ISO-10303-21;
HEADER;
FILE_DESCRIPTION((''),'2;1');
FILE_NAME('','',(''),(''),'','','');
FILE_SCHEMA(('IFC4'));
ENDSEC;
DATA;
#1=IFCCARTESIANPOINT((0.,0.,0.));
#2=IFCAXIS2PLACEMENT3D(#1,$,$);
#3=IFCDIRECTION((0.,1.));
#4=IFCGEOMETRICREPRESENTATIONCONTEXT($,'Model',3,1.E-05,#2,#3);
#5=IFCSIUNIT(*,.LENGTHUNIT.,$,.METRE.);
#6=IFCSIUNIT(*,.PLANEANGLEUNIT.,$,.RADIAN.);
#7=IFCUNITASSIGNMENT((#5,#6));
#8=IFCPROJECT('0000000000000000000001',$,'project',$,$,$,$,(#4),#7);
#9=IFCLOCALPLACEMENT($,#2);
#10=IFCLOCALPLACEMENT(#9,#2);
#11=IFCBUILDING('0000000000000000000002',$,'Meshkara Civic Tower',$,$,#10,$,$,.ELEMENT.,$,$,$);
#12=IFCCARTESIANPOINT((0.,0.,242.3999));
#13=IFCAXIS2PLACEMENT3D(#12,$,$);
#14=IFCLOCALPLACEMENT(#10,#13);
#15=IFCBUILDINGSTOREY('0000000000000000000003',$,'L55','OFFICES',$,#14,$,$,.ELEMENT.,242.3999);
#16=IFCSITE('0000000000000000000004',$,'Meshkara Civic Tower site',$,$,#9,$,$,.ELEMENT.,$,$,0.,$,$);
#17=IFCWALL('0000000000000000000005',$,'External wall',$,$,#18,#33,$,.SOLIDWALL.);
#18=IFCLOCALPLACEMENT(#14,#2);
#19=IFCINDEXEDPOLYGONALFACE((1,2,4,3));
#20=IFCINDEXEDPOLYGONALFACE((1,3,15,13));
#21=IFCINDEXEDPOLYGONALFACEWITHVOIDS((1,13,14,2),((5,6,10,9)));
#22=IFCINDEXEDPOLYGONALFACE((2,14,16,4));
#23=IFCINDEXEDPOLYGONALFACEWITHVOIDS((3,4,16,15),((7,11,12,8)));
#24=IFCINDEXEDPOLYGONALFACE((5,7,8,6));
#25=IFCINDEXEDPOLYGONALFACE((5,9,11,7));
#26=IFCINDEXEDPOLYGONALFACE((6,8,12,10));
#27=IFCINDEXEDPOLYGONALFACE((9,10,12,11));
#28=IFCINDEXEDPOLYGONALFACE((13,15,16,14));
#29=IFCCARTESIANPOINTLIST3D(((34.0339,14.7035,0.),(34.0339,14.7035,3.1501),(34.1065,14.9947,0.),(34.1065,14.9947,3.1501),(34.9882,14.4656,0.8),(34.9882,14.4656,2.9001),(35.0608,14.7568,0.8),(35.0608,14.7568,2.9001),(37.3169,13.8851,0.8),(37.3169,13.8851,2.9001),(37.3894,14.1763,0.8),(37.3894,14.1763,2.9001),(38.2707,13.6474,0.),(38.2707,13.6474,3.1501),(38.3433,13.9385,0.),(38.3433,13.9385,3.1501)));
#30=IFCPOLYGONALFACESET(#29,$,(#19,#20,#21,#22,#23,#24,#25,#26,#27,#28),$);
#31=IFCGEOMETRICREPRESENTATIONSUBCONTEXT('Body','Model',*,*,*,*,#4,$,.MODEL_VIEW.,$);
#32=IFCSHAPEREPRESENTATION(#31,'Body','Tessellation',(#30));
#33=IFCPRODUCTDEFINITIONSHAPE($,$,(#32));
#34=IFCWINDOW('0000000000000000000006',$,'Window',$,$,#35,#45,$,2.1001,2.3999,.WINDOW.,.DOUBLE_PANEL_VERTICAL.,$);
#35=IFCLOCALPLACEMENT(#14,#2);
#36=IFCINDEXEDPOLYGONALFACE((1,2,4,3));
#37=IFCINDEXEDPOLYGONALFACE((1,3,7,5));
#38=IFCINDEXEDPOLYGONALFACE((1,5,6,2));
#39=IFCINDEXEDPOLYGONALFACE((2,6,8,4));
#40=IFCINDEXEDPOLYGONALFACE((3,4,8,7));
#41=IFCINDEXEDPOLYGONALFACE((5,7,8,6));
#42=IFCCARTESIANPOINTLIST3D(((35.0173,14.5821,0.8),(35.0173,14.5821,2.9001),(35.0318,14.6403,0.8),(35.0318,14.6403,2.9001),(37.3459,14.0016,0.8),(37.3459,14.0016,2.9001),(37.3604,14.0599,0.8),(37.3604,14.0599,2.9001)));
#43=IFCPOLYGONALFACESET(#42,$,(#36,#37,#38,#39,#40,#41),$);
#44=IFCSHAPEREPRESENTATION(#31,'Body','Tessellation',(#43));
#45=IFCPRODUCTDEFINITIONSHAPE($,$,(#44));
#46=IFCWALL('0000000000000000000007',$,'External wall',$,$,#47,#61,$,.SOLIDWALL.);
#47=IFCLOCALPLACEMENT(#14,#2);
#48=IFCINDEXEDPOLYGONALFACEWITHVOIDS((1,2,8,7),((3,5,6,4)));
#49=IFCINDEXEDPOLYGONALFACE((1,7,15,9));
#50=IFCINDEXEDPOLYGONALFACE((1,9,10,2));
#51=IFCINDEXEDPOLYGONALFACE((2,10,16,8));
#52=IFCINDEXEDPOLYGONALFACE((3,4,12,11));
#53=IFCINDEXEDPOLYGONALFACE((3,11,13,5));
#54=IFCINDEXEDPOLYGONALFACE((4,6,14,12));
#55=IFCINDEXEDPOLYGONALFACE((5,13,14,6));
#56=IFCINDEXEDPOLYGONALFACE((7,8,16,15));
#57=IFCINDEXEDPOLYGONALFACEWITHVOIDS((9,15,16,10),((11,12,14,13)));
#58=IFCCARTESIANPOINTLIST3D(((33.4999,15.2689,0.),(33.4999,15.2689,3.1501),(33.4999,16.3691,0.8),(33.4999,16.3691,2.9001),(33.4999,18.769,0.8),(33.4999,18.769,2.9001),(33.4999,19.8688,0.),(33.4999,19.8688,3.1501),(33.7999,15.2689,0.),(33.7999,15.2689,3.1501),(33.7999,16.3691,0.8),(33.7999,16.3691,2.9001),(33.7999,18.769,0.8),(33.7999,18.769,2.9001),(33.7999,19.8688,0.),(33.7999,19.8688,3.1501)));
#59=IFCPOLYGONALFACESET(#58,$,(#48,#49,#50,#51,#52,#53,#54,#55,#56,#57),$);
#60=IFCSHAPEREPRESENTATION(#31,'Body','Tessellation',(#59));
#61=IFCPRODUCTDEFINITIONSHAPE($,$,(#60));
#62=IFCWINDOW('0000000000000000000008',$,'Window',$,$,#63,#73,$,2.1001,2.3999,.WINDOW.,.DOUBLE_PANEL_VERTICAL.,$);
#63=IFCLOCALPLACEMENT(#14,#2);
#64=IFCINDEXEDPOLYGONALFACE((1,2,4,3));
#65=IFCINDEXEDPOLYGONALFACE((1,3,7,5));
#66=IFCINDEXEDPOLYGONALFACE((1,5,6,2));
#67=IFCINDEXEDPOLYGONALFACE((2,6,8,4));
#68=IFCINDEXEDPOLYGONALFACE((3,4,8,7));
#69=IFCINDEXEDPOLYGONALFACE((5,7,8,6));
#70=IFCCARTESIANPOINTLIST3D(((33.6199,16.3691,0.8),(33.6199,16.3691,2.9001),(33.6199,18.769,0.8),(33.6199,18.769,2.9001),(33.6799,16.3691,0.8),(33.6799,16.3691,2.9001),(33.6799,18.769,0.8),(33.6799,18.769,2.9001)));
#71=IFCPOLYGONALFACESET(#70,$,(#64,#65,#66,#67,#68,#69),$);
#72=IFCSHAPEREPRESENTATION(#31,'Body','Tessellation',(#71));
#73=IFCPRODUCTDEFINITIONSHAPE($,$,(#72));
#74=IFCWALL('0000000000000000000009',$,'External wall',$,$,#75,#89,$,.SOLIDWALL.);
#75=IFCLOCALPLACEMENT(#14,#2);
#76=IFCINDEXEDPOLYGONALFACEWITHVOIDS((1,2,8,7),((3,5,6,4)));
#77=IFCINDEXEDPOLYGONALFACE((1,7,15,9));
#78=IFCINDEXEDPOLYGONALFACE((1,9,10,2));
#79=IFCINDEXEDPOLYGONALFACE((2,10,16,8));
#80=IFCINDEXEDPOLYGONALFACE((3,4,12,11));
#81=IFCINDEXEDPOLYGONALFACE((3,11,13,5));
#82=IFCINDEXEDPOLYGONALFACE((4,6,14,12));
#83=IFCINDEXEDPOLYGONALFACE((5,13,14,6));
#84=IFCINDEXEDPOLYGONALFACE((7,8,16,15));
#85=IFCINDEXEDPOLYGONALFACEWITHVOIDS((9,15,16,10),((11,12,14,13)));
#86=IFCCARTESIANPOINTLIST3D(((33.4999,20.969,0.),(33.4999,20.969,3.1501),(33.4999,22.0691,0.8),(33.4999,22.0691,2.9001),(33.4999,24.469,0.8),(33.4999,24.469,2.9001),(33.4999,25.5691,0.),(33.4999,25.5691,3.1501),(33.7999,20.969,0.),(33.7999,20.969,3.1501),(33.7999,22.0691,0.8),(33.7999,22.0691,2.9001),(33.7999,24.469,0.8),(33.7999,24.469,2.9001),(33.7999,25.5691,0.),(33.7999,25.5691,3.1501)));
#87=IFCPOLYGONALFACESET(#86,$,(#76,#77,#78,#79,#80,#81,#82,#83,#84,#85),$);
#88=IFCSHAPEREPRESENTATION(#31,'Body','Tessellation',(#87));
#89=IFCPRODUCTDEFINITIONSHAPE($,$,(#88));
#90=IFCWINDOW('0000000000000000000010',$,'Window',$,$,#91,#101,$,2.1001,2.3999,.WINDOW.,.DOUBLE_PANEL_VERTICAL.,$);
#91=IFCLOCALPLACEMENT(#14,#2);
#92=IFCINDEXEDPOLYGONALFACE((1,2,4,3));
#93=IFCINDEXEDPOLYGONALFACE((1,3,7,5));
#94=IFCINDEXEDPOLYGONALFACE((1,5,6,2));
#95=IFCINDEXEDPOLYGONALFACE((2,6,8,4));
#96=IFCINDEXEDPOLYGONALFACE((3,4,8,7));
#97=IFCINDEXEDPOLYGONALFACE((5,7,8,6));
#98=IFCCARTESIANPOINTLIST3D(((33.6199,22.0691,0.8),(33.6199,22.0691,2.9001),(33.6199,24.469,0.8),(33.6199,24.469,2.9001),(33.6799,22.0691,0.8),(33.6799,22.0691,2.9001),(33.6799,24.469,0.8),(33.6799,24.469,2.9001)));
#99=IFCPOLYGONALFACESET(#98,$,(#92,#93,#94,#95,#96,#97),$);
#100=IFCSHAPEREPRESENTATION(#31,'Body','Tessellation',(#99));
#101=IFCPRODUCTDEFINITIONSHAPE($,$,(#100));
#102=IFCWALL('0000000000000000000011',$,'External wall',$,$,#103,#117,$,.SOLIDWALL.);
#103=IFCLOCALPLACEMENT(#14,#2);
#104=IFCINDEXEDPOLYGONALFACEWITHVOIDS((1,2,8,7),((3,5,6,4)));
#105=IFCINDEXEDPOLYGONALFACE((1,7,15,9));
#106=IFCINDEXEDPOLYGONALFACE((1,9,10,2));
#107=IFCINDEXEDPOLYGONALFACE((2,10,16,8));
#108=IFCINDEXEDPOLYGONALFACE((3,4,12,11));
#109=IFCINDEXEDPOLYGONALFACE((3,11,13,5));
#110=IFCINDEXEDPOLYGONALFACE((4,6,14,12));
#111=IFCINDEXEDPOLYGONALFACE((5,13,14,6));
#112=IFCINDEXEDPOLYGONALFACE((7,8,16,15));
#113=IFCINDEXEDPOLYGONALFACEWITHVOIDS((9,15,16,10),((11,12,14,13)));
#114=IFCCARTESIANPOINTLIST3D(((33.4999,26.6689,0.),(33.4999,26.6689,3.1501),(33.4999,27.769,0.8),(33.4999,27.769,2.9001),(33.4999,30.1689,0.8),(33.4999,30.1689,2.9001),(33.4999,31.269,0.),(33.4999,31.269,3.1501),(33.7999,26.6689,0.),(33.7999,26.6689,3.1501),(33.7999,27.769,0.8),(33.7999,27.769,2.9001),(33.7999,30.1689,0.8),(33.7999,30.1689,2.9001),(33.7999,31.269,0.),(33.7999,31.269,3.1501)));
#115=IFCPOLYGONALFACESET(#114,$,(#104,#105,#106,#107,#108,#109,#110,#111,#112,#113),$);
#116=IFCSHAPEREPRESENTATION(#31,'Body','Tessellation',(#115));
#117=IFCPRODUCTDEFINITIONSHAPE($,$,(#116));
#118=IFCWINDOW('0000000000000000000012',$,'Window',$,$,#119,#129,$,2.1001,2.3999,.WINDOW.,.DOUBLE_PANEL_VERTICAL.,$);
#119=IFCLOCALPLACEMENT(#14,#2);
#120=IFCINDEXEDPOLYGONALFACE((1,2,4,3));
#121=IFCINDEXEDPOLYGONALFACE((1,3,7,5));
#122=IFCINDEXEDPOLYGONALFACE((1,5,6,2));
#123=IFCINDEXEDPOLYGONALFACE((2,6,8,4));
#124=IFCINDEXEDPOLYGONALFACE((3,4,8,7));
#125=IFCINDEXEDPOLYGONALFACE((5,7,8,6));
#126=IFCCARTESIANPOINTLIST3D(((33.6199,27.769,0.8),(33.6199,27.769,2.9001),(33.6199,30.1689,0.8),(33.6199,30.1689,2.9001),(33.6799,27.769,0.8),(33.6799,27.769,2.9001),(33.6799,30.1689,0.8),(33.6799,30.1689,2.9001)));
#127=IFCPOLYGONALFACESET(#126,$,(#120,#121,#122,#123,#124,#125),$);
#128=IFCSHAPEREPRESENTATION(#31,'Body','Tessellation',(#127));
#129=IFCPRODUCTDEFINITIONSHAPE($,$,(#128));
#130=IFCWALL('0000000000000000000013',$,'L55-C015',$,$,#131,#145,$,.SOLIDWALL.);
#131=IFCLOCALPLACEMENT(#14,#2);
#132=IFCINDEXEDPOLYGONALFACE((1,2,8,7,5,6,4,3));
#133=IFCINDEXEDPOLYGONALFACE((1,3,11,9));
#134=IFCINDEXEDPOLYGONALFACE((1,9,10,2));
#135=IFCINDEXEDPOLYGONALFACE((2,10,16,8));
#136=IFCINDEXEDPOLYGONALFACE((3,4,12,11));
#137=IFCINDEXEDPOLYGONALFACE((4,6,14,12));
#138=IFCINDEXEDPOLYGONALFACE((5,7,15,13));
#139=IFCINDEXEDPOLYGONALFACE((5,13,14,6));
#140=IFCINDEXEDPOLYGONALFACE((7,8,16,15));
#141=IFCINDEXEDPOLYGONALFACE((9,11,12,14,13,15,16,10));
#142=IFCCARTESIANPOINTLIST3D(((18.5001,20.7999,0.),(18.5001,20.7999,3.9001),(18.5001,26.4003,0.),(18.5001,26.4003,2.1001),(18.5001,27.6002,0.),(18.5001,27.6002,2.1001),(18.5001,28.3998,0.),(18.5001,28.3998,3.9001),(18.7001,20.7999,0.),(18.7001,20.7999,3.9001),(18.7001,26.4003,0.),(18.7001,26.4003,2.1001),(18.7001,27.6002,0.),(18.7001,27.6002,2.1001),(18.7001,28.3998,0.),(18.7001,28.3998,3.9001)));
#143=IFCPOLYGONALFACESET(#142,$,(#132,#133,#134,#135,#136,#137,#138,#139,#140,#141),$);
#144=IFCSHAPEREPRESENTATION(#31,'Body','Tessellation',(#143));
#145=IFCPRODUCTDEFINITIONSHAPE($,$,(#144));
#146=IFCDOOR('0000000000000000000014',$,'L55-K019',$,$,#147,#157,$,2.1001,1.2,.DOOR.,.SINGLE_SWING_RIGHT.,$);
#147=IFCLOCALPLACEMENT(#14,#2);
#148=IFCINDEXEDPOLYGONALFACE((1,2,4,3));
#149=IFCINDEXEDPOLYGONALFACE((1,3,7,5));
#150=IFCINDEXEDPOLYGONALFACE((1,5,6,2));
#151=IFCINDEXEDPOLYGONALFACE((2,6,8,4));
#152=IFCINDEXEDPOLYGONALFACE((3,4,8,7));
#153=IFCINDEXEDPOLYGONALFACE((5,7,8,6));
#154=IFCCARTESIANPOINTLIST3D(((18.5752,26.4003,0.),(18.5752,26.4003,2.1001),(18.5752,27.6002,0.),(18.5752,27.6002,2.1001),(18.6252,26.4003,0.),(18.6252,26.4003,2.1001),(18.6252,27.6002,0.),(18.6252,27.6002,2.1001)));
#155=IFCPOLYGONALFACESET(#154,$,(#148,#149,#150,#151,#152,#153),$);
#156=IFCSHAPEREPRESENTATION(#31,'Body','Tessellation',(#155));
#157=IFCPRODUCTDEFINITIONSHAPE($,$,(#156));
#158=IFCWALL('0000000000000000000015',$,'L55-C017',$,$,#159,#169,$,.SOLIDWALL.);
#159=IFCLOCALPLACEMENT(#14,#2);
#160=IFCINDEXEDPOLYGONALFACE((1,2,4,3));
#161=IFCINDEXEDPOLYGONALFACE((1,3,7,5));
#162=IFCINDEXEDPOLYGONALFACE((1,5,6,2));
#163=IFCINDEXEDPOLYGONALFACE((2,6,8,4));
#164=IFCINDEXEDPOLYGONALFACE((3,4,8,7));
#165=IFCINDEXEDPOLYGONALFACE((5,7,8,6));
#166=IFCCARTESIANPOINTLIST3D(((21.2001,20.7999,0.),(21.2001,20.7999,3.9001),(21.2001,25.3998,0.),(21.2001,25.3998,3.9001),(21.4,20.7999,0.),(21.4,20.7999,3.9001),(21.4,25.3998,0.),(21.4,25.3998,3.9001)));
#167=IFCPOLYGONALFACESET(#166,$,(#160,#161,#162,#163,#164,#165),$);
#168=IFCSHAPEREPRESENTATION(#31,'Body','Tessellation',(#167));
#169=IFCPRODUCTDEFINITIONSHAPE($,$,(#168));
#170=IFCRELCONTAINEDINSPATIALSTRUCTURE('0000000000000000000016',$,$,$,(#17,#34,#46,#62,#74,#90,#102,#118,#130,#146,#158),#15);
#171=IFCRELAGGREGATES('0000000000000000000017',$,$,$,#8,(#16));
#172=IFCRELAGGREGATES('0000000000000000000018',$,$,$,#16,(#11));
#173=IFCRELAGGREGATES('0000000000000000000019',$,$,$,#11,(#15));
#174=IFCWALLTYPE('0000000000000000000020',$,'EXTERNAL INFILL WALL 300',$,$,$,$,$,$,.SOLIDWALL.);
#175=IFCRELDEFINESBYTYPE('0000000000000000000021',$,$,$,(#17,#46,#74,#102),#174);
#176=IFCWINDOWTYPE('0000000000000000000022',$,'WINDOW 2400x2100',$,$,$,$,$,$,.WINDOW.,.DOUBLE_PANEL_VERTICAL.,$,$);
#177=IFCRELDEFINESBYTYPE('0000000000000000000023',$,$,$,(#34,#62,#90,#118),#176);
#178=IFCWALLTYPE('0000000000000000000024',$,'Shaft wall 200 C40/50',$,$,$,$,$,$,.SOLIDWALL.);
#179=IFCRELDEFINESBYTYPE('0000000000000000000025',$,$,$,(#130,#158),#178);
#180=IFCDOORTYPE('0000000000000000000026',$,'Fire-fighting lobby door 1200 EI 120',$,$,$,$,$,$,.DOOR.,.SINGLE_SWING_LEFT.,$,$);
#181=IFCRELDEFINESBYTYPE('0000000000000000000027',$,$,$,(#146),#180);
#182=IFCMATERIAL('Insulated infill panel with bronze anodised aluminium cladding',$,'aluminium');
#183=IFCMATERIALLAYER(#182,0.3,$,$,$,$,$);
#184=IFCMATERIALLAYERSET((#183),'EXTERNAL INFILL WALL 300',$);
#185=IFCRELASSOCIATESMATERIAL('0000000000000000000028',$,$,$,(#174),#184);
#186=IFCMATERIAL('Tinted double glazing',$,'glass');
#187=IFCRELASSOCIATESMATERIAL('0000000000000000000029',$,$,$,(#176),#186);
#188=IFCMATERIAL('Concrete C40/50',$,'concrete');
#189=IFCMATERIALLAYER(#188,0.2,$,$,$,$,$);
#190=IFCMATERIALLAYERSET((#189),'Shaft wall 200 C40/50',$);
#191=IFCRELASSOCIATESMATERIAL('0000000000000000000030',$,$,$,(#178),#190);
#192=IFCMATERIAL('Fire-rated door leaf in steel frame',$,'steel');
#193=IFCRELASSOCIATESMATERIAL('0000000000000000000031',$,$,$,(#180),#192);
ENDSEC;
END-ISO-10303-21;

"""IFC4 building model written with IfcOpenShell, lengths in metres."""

from ifc_helpers import new_model, si_unit, direction, frame, frame_2d, origin, place, context, subcontext, project, spatial, rectangle, extrude, material, layer, layer_set, type_object, element, fill, save


model = new_model("IFC4")

# Units and contexts
model_context = context("Model", 3, precision=1e-05, world=origin(), true_north=direction((0.0, 1.0)))
body_context = subcontext(model_context, "Body", "Model", "MODEL_VIEW")
ifc_project = project(units=[si_unit("LENGTHUNIT", "METRE"), si_unit("PLANEANGLEUNIT", "RADIAN")], contexts=[model_context])

# Site, building, storey
site_placement = place(None, origin())
site = spatial("IfcSite", under=ifc_project, at=site_placement, Name="Meshkara Civic Tower site", CompositionType="ELEMENT", RefElevation=0.0)
building_placement = place(site_placement, origin())
building = spatial("IfcBuilding", under=site, at=building_placement, Name="Meshkara Civic Tower", CompositionType="ELEMENT")
storey_placement = place(building_placement, frame((0.0, 0.0, 242.3999)))
storey = spatial("IfcBuildingStorey", under=building, at=storey_placement, Name="L55", Description="OFFICES", CompositionType="ELEMENT", Elevation=242.3999)

# Walls, openings, windows
ifc_material_1 = material(Name="Insulated infill panel with bronze anodised aluminium cladding", Category="aluminium")
ifc_layer_1 = layer(ifc_material_1, 0.3)
ifc_layer_set_1 = layer_set([ifc_layer_1], Name="EXTERNAL INFILL WALL 300")
wall_type_1 = type_object("IfcWallType", Name="EXTERNAL INFILL WALL 300", PredefinedType="SOLIDWALL", material=ifc_layer_set_1)
wall_1_placement = place(storey_placement, frame((38.3069, 13.793, 0.0), z_axis=(0.0, 0.0, 1.0), x_axis=(-0.970307, 0.241878, 0.0)))
wall_1 = element("IfcWall", 1, at=wall_1_placement, inside=storey, type_object=wall_type_1, Name="External wall", PredefinedType="SOLIDWALL", context=body_context, shape_type="SweptSolid", body=[
    extrude(rectangle(XDim=4.3665, YDim=0.3, at=frame_2d((2.1831, 0.0))), origin(), (0.0, 0.0, 1.0), 3.1501),
])
opening_1_placement = place(wall_1_placement, frame((0.9829, 0.0, 0.8)))
opening_1 = element("IfcOpeningElement", 2, at=opening_1_placement, cuts=wall_1, PredefinedType="OPENING", context=body_context, shape_type="SweptSolid", body=[
    extrude(rectangle(XDim=2.3999, YDim=2.1001, at=frame_2d((1.2, 1.05))), frame((0.0, 0.1599, 0.0), z_axis=(0.0, -1.0, 0.0), x_axis=(1.0, 0.0, 0.0)), (0.0, 0.0, 1.0), 0.3201),
])
ifc_material_2 = material(Name="Tinted double glazing", Category="glass")
window_type = type_object("IfcWindowType", Name="WINDOW 2400x2100", PartitioningType="DOUBLE_PANEL_VERTICAL", PredefinedType="WINDOW", material=ifc_material_2)
window_1_placement = place(opening_1_placement, origin())
window_1 = element("IfcWindow", 3, at=window_1_placement, inside=storey, type_object=window_type, Name="Window", OverallHeight=2.1001, OverallWidth=2.3999, PartitioningType="DOUBLE_PANEL_VERTICAL", PredefinedType="WINDOW", context=body_context, shape_type="SweptSolid", body=[
    extrude(rectangle(XDim=2.3999, YDim=2.1001, at=frame_2d((1.2, 1.05))), frame((0.0, 0.03, 0.0), z_axis=(0.0, -1.0, 0.0), x_axis=(1.0, 0.0, 0.0)), (0.0, 0.0, 1.0), 0.0601),
])
fill(opening_1, window_1)
wall_2_placement = place(storey_placement, frame((33.6499, 15.269, 0.0), z_axis=(0.0, 0.0, 1.0), x_axis=(0.0, 1.0, 0.0)))
wall_2 = element("IfcWall", 4, at=wall_2_placement, inside=storey, type_object=wall_type_1, Name="External wall", PredefinedType="SOLIDWALL", context=body_context, shape_type="SweptSolid", body=[
    extrude(rectangle(XDim=4.5999, YDim=0.3, at=frame_2d((2.2998, 0.0))), origin(), (0.0, 0.0, 1.0), 3.1501),
])
opening_2_placement = place(wall_2_placement, frame((1.1001, 0.0, 0.8)))
opening_2 = element("IfcOpeningElement", 5, at=opening_2_placement, cuts=wall_2, PredefinedType="OPENING", context=body_context, shape_type="SweptSolid", body=[
    extrude(rectangle(XDim=2.3999, YDim=2.1001, at=frame_2d((1.2, 1.05))), frame((0.0, 0.1599, 0.0), z_axis=(0.0, -1.0, 0.0), x_axis=(1.0, 0.0, 0.0)), (0.0, 0.0, 1.0), 0.3201),
])
window_2_placement = place(opening_2_placement, origin())
window_2 = element("IfcWindow", 6, at=window_2_placement, inside=storey, type_object=window_type, Name="Window", OverallHeight=2.1001, OverallWidth=2.3999, PartitioningType="DOUBLE_PANEL_VERTICAL", PredefinedType="WINDOW", context=body_context, shape_type="SweptSolid", body=[
    extrude(rectangle(XDim=2.3999, YDim=2.1001, at=frame_2d((1.2, 1.05))), frame((0.0, 0.03, 0.0), z_axis=(0.0, -1.0, 0.0), x_axis=(1.0, 0.0, 0.0)), (0.0, 0.0, 1.0), 0.0601),
])
fill(opening_2, window_2)
wall_3_placement = place(storey_placement, frame((33.6499, 20.969, 0.0), z_axis=(0.0, 0.0, 1.0), x_axis=(0.0, 1.0, 0.0)))
wall_3 = element("IfcWall", 7, at=wall_3_placement, inside=storey, type_object=wall_type_1, Name="External wall", PredefinedType="SOLIDWALL", context=body_context, shape_type="SweptSolid", body=[
    extrude(rectangle(XDim=4.6001, YDim=0.3, at=frame_2d((2.3, 0.0))), origin(), (0.0, 0.0, 1.0), 3.1501),
])
opening_3_placement = place(wall_3_placement, frame((1.1001, 0.0, 0.8)))
opening_3 = element("IfcOpeningElement", 8, at=opening_3_placement, cuts=wall_3, PredefinedType="OPENING", context=body_context, shape_type="SweptSolid", body=[
    extrude(rectangle(XDim=2.3999, YDim=2.1001, at=frame_2d((1.2, 1.05))), frame((0.0, 0.1599, 0.0), z_axis=(0.0, -1.0, 0.0), x_axis=(1.0, 0.0, 0.0)), (0.0, 0.0, 1.0), 0.3201),
])
window_3_placement = place(opening_3_placement, origin())
window_3 = element("IfcWindow", 9, at=window_3_placement, inside=storey, type_object=window_type, Name="Window", OverallHeight=2.1001, OverallWidth=2.3999, PartitioningType="DOUBLE_PANEL_VERTICAL", PredefinedType="WINDOW", context=body_context, shape_type="SweptSolid", body=[
    extrude(rectangle(XDim=2.3999, YDim=2.1001, at=frame_2d((1.2, 1.05))), frame((0.0, 0.03, 0.0), z_axis=(0.0, -1.0, 0.0), x_axis=(1.0, 0.0, 0.0)), (0.0, 0.0, 1.0), 0.0601),
])
fill(opening_3, window_3)
wall_4_placement = place(storey_placement, frame((33.6499, 26.6689, 0.0), z_axis=(0.0, 0.0, 1.0), x_axis=(0.0, 1.0, 0.0)))
wall_4 = element("IfcWall", 10, at=wall_4_placement, inside=storey, type_object=wall_type_1, Name="External wall", PredefinedType="SOLIDWALL", context=body_context, shape_type="SweptSolid", body=[
    extrude(rectangle(XDim=4.6001, YDim=0.3, at=frame_2d((2.3, 0.0))), origin(), (0.0, 0.0, 1.0), 3.1501),
])
opening_4_placement = place(wall_4_placement, frame((1.1001, 0.0, 0.8)))
opening_4 = element("IfcOpeningElement", 11, at=opening_4_placement, cuts=wall_4, PredefinedType="OPENING", context=body_context, shape_type="SweptSolid", body=[
    extrude(rectangle(XDim=2.3999, YDim=2.1001, at=frame_2d((1.2, 1.05))), frame((0.0, 0.1599, 0.0), z_axis=(0.0, -1.0, 0.0), x_axis=(1.0, 0.0, 0.0)), (0.0, 0.0, 1.0), 0.3201),
])
window_4_placement = place(opening_4_placement, origin())
window_4 = element("IfcWindow", 12, at=window_4_placement, inside=storey, type_object=window_type, Name="Window", OverallHeight=2.1001, OverallWidth=2.3999, PartitioningType="DOUBLE_PANEL_VERTICAL", PredefinedType="WINDOW", context=body_context, shape_type="SweptSolid", body=[
    extrude(rectangle(XDim=2.3999, YDim=2.1001, at=frame_2d((1.2, 1.05))), frame((0.0, 0.03, 0.0), z_axis=(0.0, -1.0, 0.0), x_axis=(1.0, 0.0, 0.0)), (0.0, 0.0, 1.0), 0.0601),
])
fill(opening_4, window_4)

# Wall, opening, door
ifc_material_3 = material(Name="Concrete C40/50", Category="concrete")
ifc_layer_2 = layer(ifc_material_3, 0.2)
ifc_layer_set_2 = layer_set([ifc_layer_2], Name="Shaft wall 200 C40/50")
wall_type_2 = type_object("IfcWallType", Name="Shaft wall 200 C40/50", PredefinedType="SOLIDWALL", material=ifc_layer_set_2)
wall_5_placement = place(storey_placement, frame((18.6001, 20.8, 0.0), z_axis=(0.0, 0.0, 1.0), x_axis=(0.0, 1.0, 0.0)))
wall_5 = element("IfcWall", 13, at=wall_5_placement, inside=storey, type_object=wall_type_2, Name="L55-C015", PredefinedType="SOLIDWALL", context=body_context, shape_type="SweptSolid", body=[
    extrude(rectangle(XDim=7.5999, YDim=0.2, at=frame_2d((3.7998, 0.0))), origin(), (0.0, 0.0, 1.0), 3.9001),
])
opening_5_placement = place(wall_5_placement, frame((5.6001, 0.0, 0.0)))
opening_5 = element("IfcOpeningElement", 14, at=opening_5_placement, cuts=wall_5, PredefinedType="OPENING", context=body_context, shape_type="SweptSolid", body=[
    extrude(rectangle(XDim=1.2, YDim=2.1001, at=frame_2d((0.6001, 1.05))), frame((0.0, 0.1099, 0.0), z_axis=(0.0, -1.0, 0.0), x_axis=(1.0, 0.0, 0.0)), (0.0, 0.0, 1.0), 0.22),
])
ifc_material_4 = material(Name="Fire-rated door leaf in steel frame", Category="steel")
door_type_1 = type_object("IfcDoorType", Name="Fire-fighting lobby door 1200 EI 120", OperationType="SINGLE_SWING_LEFT", PredefinedType="DOOR", material=ifc_material_4)
door_1_placement = place(opening_5_placement, origin())
door_1 = element("IfcDoor", 15, at=door_1_placement, inside=storey, type_object=door_type_1, Name="L55-K019", OperationType="SINGLE_SWING_RIGHT", OverallHeight=2.1001, OverallWidth=1.2, PredefinedType="DOOR", context=body_context, shape_type="SweptSolid", body=[
    extrude(rectangle(XDim=1.2, YDim=2.1001, at=frame_2d((0.6001, 1.05))), frame((0.0, 0.0249, 0.0), z_axis=(0.0, -1.0, 0.0), x_axis=(1.0, 0.0, 0.0)), (0.0, 0.0, 1.0), 0.05),
])
fill(opening_5, door_1)

# Wall
for number, where, z_axis, x_axis, name in (
    (16, (21.3, 20.8, 0.0), (0.0, 0.0, 1.0), (0.0, 1.0, 0.0), "L55-C017"),
):
    element("IfcWall", number, at=place(storey_placement, frame(where, z_axis=z_axis, x_axis=x_axis)), inside=storey, type_object=wall_type_2, Name=name, PredefinedType="SOLIDWALL", context=body_context, shape_type="SweptSolid", body=[
        extrude(rectangle(XDim=4.5999, YDim=0.2, at=frame_2d((2.2998, 0.0))), origin(), (0.0, 0.0, 1.0), 3.9001),
    ])

save(model, "model.ifc")
